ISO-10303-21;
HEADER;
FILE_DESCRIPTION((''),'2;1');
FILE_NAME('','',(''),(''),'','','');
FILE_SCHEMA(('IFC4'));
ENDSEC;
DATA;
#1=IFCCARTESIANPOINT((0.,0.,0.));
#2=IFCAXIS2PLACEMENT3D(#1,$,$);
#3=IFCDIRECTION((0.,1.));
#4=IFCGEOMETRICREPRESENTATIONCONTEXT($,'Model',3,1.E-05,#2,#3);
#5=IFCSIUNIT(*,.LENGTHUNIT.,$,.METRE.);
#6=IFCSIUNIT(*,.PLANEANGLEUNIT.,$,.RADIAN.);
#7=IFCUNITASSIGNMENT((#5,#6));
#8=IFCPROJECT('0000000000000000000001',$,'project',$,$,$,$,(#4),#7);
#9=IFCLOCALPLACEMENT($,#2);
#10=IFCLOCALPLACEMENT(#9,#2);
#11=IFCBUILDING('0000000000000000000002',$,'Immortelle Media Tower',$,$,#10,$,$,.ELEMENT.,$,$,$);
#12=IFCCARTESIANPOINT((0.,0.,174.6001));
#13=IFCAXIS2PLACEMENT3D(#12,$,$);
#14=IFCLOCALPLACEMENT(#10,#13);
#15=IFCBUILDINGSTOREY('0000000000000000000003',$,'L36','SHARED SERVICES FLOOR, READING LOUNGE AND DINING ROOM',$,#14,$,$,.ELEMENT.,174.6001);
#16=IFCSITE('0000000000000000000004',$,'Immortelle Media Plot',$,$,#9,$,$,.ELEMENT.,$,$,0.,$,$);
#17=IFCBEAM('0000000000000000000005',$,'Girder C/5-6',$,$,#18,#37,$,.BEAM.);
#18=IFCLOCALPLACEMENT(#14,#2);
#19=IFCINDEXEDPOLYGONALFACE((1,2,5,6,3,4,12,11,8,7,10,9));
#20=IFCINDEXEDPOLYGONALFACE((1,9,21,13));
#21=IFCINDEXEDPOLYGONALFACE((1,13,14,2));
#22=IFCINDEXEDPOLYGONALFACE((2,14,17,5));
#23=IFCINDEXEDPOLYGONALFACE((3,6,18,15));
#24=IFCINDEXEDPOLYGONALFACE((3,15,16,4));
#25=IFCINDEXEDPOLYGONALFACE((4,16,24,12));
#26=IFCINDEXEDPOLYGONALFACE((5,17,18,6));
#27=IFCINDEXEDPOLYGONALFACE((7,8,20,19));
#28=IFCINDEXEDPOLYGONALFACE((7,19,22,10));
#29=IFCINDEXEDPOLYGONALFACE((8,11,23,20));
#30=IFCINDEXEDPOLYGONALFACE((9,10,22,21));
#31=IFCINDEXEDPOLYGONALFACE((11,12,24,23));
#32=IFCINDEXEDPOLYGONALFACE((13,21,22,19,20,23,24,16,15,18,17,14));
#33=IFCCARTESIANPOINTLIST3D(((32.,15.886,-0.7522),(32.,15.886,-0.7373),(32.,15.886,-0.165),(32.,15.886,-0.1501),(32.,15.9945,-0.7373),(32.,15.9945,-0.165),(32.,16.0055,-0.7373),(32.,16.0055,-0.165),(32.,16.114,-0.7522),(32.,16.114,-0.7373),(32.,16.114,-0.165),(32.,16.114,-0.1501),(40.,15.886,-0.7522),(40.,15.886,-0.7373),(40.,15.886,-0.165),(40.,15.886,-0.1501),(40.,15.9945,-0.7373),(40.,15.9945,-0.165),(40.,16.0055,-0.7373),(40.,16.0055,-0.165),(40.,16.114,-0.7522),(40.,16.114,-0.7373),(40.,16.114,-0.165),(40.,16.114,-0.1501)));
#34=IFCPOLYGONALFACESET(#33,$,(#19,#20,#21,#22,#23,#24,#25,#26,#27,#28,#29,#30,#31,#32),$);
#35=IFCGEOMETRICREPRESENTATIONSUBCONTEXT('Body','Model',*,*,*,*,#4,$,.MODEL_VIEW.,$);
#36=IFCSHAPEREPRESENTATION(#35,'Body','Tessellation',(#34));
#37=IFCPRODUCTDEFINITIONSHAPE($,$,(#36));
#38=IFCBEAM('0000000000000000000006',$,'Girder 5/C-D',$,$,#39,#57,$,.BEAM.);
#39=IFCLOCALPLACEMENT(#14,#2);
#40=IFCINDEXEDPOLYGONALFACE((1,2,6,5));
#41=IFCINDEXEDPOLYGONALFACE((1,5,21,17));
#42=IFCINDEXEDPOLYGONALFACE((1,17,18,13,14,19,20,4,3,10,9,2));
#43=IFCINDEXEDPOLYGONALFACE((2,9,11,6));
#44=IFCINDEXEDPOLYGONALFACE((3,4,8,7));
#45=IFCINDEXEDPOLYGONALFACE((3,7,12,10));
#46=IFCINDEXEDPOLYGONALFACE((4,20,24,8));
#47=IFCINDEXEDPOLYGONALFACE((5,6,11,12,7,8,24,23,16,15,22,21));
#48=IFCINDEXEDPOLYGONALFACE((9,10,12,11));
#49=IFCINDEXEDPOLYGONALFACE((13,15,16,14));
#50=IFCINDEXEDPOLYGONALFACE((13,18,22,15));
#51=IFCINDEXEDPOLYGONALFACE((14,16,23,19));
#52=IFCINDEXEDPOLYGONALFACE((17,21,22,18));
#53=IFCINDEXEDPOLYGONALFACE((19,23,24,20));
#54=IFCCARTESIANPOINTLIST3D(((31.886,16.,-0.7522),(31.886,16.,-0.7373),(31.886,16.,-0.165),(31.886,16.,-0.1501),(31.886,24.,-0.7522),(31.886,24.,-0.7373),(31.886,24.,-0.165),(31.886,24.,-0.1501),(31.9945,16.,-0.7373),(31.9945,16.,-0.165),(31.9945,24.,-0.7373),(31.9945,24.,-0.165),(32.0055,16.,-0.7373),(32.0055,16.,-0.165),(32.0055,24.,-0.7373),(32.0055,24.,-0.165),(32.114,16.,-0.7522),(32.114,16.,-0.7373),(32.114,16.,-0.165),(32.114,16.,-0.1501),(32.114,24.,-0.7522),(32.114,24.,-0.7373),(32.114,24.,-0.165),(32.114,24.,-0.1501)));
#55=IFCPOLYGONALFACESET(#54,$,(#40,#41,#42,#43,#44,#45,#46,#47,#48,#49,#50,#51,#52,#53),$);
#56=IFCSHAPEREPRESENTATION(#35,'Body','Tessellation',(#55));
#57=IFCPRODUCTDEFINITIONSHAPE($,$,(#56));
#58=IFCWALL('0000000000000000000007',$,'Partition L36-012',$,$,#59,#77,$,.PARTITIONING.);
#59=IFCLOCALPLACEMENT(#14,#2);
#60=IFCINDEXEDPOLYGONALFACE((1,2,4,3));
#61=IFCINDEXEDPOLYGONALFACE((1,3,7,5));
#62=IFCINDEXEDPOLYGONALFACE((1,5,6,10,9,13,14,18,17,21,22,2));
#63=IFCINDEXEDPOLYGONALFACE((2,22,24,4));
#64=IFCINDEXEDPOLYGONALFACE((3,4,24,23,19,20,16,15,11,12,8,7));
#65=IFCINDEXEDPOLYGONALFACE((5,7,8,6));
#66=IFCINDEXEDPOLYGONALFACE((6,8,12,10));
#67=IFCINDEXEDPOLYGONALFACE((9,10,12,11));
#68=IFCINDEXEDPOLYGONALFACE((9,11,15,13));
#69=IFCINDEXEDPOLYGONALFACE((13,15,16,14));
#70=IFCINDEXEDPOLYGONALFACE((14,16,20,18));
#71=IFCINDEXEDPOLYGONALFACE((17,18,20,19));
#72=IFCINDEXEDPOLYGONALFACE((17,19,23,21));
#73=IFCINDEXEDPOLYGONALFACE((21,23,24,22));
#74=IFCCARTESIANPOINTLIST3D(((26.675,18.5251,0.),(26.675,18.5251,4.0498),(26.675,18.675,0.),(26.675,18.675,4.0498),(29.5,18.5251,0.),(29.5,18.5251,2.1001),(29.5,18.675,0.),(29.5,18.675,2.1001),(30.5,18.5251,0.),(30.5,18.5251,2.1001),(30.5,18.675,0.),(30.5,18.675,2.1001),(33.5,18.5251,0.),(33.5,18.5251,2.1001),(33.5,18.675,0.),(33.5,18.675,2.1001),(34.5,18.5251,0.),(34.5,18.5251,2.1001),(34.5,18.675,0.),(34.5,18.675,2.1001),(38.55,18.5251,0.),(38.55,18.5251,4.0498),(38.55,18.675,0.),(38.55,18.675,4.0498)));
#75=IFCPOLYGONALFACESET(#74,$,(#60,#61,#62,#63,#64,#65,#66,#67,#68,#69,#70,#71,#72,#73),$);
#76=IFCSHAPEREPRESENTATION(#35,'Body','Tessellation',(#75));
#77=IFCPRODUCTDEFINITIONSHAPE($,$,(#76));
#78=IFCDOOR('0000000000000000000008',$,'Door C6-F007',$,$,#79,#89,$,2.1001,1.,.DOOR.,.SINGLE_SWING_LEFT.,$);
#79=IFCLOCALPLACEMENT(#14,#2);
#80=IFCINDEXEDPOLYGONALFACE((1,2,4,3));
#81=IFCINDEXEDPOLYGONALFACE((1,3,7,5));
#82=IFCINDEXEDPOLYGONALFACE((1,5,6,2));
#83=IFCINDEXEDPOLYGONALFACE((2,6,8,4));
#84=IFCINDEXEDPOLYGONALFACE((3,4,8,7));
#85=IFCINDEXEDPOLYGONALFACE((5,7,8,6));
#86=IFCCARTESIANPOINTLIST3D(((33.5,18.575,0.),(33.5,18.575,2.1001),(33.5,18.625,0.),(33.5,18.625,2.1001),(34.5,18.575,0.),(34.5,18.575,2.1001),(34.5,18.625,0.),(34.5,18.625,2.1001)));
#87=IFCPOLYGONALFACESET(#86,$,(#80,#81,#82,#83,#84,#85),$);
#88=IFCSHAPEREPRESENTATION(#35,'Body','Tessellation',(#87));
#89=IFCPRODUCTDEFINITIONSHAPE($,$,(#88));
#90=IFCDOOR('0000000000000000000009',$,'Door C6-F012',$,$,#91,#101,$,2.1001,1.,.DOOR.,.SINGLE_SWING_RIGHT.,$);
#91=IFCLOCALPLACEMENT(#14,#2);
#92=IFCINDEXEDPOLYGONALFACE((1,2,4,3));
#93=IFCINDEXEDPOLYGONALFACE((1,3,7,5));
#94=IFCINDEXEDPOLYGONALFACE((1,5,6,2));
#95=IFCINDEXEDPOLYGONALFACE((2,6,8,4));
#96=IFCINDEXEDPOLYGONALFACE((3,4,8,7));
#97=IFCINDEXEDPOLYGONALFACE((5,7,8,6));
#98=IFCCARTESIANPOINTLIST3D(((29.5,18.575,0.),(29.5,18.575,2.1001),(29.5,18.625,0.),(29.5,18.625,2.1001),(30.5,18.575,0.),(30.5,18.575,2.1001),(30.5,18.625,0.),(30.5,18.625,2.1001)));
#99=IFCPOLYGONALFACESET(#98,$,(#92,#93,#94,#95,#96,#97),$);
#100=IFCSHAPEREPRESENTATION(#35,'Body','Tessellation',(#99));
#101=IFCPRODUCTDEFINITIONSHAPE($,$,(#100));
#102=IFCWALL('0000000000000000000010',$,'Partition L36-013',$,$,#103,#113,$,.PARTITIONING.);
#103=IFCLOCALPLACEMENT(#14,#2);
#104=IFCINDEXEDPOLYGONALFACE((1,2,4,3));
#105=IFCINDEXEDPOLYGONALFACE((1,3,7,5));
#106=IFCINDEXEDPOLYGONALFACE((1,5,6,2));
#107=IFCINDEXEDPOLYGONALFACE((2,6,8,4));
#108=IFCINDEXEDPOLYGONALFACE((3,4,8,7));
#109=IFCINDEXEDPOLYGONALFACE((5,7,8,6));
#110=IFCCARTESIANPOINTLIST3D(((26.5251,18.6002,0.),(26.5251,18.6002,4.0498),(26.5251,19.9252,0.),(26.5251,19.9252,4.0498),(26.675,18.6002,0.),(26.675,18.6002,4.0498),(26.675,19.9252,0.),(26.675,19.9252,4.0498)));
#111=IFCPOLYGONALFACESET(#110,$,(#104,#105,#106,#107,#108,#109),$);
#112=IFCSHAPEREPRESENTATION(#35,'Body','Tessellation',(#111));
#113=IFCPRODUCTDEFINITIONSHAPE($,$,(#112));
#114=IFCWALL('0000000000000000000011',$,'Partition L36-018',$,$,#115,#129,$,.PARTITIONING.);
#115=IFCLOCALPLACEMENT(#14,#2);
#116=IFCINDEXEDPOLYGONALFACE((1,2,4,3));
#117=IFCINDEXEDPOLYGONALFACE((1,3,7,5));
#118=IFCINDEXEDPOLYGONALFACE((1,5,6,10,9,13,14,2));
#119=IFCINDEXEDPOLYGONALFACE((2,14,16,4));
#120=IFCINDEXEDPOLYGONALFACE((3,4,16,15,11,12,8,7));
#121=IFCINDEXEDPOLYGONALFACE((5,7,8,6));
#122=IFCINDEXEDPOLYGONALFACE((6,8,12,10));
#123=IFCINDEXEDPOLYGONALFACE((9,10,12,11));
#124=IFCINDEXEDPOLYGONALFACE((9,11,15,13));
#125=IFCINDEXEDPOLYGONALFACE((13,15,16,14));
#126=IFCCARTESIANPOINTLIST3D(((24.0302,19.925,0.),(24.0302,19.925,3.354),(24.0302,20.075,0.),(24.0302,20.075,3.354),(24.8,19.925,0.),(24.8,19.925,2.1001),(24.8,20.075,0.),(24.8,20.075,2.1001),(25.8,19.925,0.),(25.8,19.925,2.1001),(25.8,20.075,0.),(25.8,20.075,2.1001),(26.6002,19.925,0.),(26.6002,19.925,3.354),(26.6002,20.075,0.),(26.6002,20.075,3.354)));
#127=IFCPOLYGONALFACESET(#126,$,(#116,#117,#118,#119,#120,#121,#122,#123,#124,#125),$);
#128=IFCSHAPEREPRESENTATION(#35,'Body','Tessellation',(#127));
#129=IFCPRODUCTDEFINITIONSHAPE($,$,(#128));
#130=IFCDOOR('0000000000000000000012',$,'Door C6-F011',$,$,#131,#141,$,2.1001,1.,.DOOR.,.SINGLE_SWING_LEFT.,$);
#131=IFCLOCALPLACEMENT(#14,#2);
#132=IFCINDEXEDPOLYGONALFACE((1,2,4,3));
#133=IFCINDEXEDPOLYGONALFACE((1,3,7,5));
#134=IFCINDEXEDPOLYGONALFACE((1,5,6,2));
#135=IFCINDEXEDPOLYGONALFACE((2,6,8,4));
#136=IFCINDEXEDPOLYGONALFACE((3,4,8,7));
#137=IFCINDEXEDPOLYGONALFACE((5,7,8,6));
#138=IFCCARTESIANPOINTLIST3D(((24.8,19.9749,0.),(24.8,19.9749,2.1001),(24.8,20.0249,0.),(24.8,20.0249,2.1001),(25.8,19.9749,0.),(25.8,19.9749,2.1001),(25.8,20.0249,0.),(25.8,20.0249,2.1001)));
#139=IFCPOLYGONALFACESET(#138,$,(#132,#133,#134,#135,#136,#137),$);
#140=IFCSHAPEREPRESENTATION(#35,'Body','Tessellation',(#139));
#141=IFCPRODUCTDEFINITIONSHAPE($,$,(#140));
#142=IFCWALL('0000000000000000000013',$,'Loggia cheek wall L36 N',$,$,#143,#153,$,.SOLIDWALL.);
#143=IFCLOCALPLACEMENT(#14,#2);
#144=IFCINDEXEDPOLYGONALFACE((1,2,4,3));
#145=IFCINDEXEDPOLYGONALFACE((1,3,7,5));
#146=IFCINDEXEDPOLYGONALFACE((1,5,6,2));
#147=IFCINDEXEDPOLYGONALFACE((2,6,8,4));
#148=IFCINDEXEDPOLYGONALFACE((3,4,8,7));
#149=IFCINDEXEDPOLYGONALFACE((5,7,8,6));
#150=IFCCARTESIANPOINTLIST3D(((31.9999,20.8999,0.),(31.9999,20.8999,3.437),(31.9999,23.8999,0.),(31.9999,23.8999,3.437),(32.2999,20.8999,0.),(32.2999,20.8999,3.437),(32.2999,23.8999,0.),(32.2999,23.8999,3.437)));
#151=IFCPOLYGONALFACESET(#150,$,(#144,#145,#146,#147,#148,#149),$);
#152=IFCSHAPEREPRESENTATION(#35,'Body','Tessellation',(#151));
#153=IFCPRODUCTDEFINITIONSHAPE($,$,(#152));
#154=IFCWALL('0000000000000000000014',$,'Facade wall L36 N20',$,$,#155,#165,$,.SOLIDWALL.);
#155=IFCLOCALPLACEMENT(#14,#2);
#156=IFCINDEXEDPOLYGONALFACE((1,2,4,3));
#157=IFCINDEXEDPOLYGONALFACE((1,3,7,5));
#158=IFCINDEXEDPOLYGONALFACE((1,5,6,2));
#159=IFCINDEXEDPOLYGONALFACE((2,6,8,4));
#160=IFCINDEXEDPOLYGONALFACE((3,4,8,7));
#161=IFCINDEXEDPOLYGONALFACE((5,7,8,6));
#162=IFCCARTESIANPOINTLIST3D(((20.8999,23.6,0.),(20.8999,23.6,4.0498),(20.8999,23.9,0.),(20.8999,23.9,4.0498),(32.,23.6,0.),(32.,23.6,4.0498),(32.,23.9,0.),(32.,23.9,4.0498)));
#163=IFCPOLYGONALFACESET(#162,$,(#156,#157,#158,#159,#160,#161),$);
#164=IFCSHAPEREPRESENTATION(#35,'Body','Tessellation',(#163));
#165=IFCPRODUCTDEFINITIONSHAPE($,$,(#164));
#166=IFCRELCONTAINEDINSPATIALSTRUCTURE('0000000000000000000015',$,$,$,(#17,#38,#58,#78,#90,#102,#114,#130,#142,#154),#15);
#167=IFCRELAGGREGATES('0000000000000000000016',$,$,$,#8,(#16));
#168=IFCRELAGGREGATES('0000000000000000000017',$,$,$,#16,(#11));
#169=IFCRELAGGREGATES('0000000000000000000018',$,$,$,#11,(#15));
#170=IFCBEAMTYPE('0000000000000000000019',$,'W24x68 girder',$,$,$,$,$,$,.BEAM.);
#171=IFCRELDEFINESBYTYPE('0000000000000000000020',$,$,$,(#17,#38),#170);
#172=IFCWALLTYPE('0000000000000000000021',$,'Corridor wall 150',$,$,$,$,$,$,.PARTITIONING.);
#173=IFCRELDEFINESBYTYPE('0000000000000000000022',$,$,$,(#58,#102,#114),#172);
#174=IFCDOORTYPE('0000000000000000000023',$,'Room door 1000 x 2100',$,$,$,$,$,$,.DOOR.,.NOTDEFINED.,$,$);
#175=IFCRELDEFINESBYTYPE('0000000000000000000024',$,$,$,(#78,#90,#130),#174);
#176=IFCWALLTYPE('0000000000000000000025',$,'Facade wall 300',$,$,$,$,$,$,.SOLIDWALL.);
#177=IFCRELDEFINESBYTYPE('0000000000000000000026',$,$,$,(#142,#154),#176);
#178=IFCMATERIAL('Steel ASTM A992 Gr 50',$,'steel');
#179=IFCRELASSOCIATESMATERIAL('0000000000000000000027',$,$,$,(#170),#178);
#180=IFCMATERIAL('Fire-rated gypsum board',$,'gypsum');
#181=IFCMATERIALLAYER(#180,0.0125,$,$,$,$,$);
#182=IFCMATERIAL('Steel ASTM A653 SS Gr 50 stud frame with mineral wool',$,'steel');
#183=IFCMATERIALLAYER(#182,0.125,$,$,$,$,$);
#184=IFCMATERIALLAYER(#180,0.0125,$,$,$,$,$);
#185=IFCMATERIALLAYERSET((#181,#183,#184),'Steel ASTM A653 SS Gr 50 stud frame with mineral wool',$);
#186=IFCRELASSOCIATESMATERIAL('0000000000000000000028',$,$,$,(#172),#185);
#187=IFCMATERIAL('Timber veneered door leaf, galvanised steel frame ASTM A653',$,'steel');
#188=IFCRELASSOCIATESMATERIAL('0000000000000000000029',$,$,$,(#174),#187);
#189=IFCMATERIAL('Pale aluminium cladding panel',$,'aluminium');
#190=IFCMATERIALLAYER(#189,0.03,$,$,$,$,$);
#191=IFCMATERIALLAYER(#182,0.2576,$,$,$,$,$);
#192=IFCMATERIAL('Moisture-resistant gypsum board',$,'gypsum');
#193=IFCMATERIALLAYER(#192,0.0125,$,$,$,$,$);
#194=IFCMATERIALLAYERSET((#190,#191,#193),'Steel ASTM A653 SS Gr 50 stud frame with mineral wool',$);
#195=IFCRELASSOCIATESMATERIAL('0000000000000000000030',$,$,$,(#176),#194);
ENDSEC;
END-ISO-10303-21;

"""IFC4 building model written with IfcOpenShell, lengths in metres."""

from ifc_helpers import new_model, si_unit, direction, frame, frame_2d, origin, origin_2d, place, context, subcontext, project, spatial, rectangle, i_section, extrude, material, layer, layer_set, material_profile, profile_set, type_object, element, fill, save


model = new_model("IFC4")

# Units and contexts
model_context = context("Model", 3, precision=1e-05, world=origin(), true_north=direction((0.0, 1.0)))
body_context = subcontext(model_context, "Body", "Model", "MODEL_VIEW")
ifc_project = project(units=[si_unit("LENGTHUNIT", "METRE"), si_unit("PLANEANGLEUNIT", "RADIAN")], contexts=[model_context])

# Site, building, storey
site_placement = place(None, origin())
site = spatial("IfcSite", under=ifc_project, at=site_placement, Name="Immortelle Media Plot", CompositionType="ELEMENT", RefElevation=0.0)
building_placement = place(site_placement, origin())
building = spatial("IfcBuilding", under=site, at=building_placement, Name="Immortelle Media Tower", CompositionType="ELEMENT")
storey_placement = place(building_placement, frame((0.0, 0.0, 174.6001)))
storey = spatial("IfcBuildingStorey", under=building, at=storey_placement, Name="L36", Description="SHARED SERVICES FLOOR, READING LOUNGE AND DINING ROOM", CompositionType="ELEMENT", Elevation=174.6001)

# Shared definitions
ifc_material_1 = material(Name="Steel ASTM A992 Gr 50", Category="steel")

# Beams
ifc_material_profile_1 = material_profile(ifc_material_1, i_section(OverallWidth=0.228, OverallDepth=0.6021, WebThickness=0.011, FlangeThickness=0.0149, at=origin_2d()), Name="W24x68")
ifc_profile_set_1 = profile_set([ifc_material_profile_1], Name="Steel ASTM A992 Gr 50")
beam_type_1 = type_object("IfcBeamType", Name="W24x68 girder", PredefinedType="BEAM", material=ifc_profile_set_1)
for number, where, z_axis, x_axis, name in (
    (1, (32.0, 16.0, -0.4512), (1.0, 0.0, 0.0), (0.0, 1.0, 0.0), "Girder C/5-6"),
    (2, (32.0, 16.0, -0.4512), (0.0, 1.0, 0.0), (-1.0, 0.0, 0.0), "Girder 5/C-D"),
):
    element("IfcBeam", number, at=place(storey_placement, frame(where, z_axis=z_axis, x_axis=x_axis)), inside=storey, type_object=beam_type_1, Name=name, PredefinedType="BEAM", context=body_context, shape_type="SweptSolid", body=[
        extrude(i_section(OverallWidth=0.228, OverallDepth=0.6021, WebThickness=0.011, FlangeThickness=0.0149, at=origin_2d()), origin(), (0.0, 0.0, 1.0), 8.0),
    ])

# Wall, openings, doors
ifc_material_2 = material(Name="Fire-rated gypsum board", Category="gypsum")
ifc_layer_1 = layer(ifc_material_2, 0.0125)
ifc_material_3 = material(Name="Steel ASTM A653 SS Gr 50 stud frame with mineral wool", Category="steel")
ifc_layer_2 = layer(ifc_material_3, 0.125)
ifc_layer_3 = layer(ifc_material_2, 0.0125)
ifc_layer_set_1 = layer_set([ifc_layer_1, ifc_layer_2, ifc_layer_3], Name="Steel ASTM A653 SS Gr 50 stud frame with mineral wool")
wall_type_1 = type_object("IfcWallType", Name="Corridor wall 150", PredefinedType="PARTITIONING", material=ifc_layer_set_1)
wall_1_placement = place(storey_placement, frame((26.675, 18.6001, 0.0), z_axis=(0.0, 0.0, 1.0), x_axis=(1.0, 0.0, 0.0)))
wall_1 = element("IfcWall", 3, at=wall_1_placement, inside=storey, type_object=wall_type_1, Name="Partition L36-012", PredefinedType="PARTITIONING", context=body_context, shape_type="SweptSolid", body=[
    extrude(rectangle(XDim=11.875, YDim=0.1499, at=frame_2d((5.9375, 0.0))), origin(), (0.0, 0.0, 1.0), 4.0498),
])
opening_1_placement = place(wall_1_placement, frame((6.825, 0.0, 0.0)))
opening_1 = element("IfcOpeningElement", 4, at=opening_1_placement, cuts=wall_1, PredefinedType="OPENING", context=body_context, shape_type="SweptSolid", body=[
    extrude(rectangle(XDim=1.0, YDim=2.1001, at=frame_2d((0.5, 1.05))), frame((0.0, 0.085, 0.0), z_axis=(0.0, -1.0, 0.0), x_axis=(1.0, 0.0, 0.0)), (0.0, 0.0, 1.0), 0.1699),
])
opening_2_placement = place(wall_1_placement, frame((2.825, 0.0, 0.0)))
opening_2 = element("IfcOpeningElement", 5, at=opening_2_placement, cuts=wall_1, PredefinedType="OPENING", context=body_context, shape_type="SweptSolid", body=[
    extrude(rectangle(XDim=1.0, YDim=2.1001, at=frame_2d((0.5, 1.05))), frame((0.0, 0.085, 0.0), z_axis=(0.0, -1.0, 0.0), x_axis=(1.0, 0.0, 0.0)), (0.0, 0.0, 1.0), 0.1699),
])
ifc_material_4 = material(Name="Timber veneered door leaf, galvanised steel frame ASTM A653", Category="steel")
door_type = type_object("IfcDoorType", Name="Room door 1000 x 2100", OperationType="NOTDEFINED", PredefinedType="DOOR", material=ifc_material_4)
door_1_placement = place(opening_1_placement, origin())
door_1 = element("IfcDoor", 6, at=door_1_placement, inside=storey, type_object=door_type, Name="Door C6-F007", OperationType="SINGLE_SWING_LEFT", OverallHeight=2.1001, OverallWidth=1.0, PredefinedType="DOOR", context=body_context, shape_type="SweptSolid", body=[
    extrude(rectangle(XDim=1.0, YDim=2.1001, at=frame_2d((0.5, 1.05))), frame((0.0, 0.0249, 0.0), z_axis=(0.0, -1.0, 0.0), x_axis=(1.0, 0.0, 0.0)), (0.0, 0.0, 1.0), 0.05),
])
fill(opening_1, door_1)
door_2_placement = place(opening_2_placement, origin())
door_2 = element("IfcDoor", 7, at=door_2_placement, inside=storey, type_object=door_type, Name="Door C6-F012", OperationType="SINGLE_SWING_RIGHT", OverallHeight=2.1001, OverallWidth=1.0, PredefinedType="DOOR", context=body_context, shape_type="SweptSolid", body=[
    extrude(rectangle(XDim=1.0, YDim=2.1001, at=frame_2d((0.5, 1.05))), frame((0.0, 0.0249, 0.0), z_axis=(0.0, -1.0, 0.0), x_axis=(1.0, 0.0, 0.0)), (0.0, 0.0, 1.0), 0.05),
])
fill(opening_2, door_2)

# Wall
wall_2_placement = place(storey_placement, frame((26.6001, 18.6001, 0.0), z_axis=(0.0, 0.0, 1.0), x_axis=(0.0, 1.0, 0.0)))
element("IfcWall", 8, at=wall_2_placement, inside=storey, type_object=wall_type_1, Name="Partition L36-013", PredefinedType="PARTITIONING", context=body_context, shape_type="SweptSolid", body=[
    extrude(rectangle(XDim=1.325, YDim=0.1499, at=frame_2d((0.6626, 0.0))), origin(), (0.0, 0.0, 1.0), 4.0498),
])

# Wall, opening, door
wall_3_placement = place(storey_placement, frame((24.03, 20.0, 0.0), z_axis=(0.0, 0.0, 1.0), x_axis=(1.0, 0.0, 0.0)))
wall_3 = element("IfcWall", 9, at=wall_3_placement, inside=storey, type_object=wall_type_1, Name="Partition L36-018", PredefinedType="PARTITIONING", context=body_context, shape_type="SweptSolid", body=[
    extrude(rectangle(XDim=2.5701, YDim=0.1499, at=frame_2d((1.2852, 0.0))), origin(), (0.0, 0.0, 1.0), 3.354),
])
opening_3_placement = place(wall_3_placement, frame((0.77, 0.0, 0.0)))
opening_3 = element("IfcOpeningElement", 10, at=opening_3_placement, cuts=wall_3, PredefinedType="OPENING", context=body_context, shape_type="SweptSolid", body=[
    extrude(rectangle(XDim=1.0, YDim=2.1001, at=frame_2d((0.5, 1.05))), frame((0.0, 0.085, 0.0), z_axis=(0.0, -1.0, 0.0), x_axis=(1.0, 0.0, 0.0)), (0.0, 0.0, 1.0), 0.1699),
])
door_3_placement = place(opening_3_placement, origin())
door_3 = element("IfcDoor", 11, at=door_3_placement, inside=storey, type_object=door_type, Name="Door C6-F011", OperationType="SINGLE_SWING_LEFT", OverallHeight=2.1001, OverallWidth=1.0, PredefinedType="DOOR", context=body_context, shape_type="SweptSolid", body=[
    extrude(rectangle(XDim=1.0, YDim=2.1001, at=frame_2d((0.5, 1.05))), frame((0.0, 0.0249, 0.0), z_axis=(0.0, -1.0, 0.0), x_axis=(1.0, 0.0, 0.0)), (0.0, 0.0, 1.0), 0.05),
])
fill(opening_3, door_3)

# Walls
ifc_material_5 = material(Name="Pale aluminium cladding panel", Category="aluminium")
ifc_layer_4 = layer(ifc_material_5, 0.03)
ifc_layer_5 = layer(ifc_material_3, 0.2576)
ifc_material_6 = material(Name="Moisture-resistant gypsum board", Category="gypsum")
ifc_layer_6 = layer(ifc_material_6, 0.0125)
ifc_layer_set_2 = layer_set([ifc_layer_4, ifc_layer_5, ifc_layer_6], Name="Steel ASTM A653 SS Gr 50 stud frame with mineral wool")
wall_type_2 = type_object("IfcWallType", Name="Facade wall 300", PredefinedType="SOLIDWALL", material=ifc_layer_set_2)
wall_4_placement = place(storey_placement, frame((32.1499, 23.8999, 0.0), z_axis=(0.0, 0.0, 1.0), x_axis=(0.0, -1.0, 0.0)))
element("IfcWall", 12, at=wall_4_placement, inside=storey, type_object=wall_type_2, Name="Loggia cheek wall L36 N", PredefinedType="SOLIDWALL", context=body_context, shape_type="SweptSolid", body=[
    extrude(rectangle(XDim=3.0, YDim=0.3, at=frame_2d((1.5, 0.0))), origin(), (0.0, 0.0, 1.0), 3.437),
])
wall_5_placement = place(storey_placement, frame((32.0, 23.75, 0.0), z_axis=(0.0, 0.0, 1.0), x_axis=(-1.0, 0.0, 0.0)))
element("IfcWall", 13, at=wall_5_placement, inside=storey, type_object=wall_type_2, Name="Facade wall L36 N20", PredefinedType="SOLIDWALL", context=body_context, shape_type="SweptSolid", body=[
    extrude(rectangle(XDim=11.1001, YDim=0.3, at=frame_2d((5.55, 0.0))), origin(), (0.0, 0.0, 1.0), 4.0498),
])

save(model, "model.ifc")
